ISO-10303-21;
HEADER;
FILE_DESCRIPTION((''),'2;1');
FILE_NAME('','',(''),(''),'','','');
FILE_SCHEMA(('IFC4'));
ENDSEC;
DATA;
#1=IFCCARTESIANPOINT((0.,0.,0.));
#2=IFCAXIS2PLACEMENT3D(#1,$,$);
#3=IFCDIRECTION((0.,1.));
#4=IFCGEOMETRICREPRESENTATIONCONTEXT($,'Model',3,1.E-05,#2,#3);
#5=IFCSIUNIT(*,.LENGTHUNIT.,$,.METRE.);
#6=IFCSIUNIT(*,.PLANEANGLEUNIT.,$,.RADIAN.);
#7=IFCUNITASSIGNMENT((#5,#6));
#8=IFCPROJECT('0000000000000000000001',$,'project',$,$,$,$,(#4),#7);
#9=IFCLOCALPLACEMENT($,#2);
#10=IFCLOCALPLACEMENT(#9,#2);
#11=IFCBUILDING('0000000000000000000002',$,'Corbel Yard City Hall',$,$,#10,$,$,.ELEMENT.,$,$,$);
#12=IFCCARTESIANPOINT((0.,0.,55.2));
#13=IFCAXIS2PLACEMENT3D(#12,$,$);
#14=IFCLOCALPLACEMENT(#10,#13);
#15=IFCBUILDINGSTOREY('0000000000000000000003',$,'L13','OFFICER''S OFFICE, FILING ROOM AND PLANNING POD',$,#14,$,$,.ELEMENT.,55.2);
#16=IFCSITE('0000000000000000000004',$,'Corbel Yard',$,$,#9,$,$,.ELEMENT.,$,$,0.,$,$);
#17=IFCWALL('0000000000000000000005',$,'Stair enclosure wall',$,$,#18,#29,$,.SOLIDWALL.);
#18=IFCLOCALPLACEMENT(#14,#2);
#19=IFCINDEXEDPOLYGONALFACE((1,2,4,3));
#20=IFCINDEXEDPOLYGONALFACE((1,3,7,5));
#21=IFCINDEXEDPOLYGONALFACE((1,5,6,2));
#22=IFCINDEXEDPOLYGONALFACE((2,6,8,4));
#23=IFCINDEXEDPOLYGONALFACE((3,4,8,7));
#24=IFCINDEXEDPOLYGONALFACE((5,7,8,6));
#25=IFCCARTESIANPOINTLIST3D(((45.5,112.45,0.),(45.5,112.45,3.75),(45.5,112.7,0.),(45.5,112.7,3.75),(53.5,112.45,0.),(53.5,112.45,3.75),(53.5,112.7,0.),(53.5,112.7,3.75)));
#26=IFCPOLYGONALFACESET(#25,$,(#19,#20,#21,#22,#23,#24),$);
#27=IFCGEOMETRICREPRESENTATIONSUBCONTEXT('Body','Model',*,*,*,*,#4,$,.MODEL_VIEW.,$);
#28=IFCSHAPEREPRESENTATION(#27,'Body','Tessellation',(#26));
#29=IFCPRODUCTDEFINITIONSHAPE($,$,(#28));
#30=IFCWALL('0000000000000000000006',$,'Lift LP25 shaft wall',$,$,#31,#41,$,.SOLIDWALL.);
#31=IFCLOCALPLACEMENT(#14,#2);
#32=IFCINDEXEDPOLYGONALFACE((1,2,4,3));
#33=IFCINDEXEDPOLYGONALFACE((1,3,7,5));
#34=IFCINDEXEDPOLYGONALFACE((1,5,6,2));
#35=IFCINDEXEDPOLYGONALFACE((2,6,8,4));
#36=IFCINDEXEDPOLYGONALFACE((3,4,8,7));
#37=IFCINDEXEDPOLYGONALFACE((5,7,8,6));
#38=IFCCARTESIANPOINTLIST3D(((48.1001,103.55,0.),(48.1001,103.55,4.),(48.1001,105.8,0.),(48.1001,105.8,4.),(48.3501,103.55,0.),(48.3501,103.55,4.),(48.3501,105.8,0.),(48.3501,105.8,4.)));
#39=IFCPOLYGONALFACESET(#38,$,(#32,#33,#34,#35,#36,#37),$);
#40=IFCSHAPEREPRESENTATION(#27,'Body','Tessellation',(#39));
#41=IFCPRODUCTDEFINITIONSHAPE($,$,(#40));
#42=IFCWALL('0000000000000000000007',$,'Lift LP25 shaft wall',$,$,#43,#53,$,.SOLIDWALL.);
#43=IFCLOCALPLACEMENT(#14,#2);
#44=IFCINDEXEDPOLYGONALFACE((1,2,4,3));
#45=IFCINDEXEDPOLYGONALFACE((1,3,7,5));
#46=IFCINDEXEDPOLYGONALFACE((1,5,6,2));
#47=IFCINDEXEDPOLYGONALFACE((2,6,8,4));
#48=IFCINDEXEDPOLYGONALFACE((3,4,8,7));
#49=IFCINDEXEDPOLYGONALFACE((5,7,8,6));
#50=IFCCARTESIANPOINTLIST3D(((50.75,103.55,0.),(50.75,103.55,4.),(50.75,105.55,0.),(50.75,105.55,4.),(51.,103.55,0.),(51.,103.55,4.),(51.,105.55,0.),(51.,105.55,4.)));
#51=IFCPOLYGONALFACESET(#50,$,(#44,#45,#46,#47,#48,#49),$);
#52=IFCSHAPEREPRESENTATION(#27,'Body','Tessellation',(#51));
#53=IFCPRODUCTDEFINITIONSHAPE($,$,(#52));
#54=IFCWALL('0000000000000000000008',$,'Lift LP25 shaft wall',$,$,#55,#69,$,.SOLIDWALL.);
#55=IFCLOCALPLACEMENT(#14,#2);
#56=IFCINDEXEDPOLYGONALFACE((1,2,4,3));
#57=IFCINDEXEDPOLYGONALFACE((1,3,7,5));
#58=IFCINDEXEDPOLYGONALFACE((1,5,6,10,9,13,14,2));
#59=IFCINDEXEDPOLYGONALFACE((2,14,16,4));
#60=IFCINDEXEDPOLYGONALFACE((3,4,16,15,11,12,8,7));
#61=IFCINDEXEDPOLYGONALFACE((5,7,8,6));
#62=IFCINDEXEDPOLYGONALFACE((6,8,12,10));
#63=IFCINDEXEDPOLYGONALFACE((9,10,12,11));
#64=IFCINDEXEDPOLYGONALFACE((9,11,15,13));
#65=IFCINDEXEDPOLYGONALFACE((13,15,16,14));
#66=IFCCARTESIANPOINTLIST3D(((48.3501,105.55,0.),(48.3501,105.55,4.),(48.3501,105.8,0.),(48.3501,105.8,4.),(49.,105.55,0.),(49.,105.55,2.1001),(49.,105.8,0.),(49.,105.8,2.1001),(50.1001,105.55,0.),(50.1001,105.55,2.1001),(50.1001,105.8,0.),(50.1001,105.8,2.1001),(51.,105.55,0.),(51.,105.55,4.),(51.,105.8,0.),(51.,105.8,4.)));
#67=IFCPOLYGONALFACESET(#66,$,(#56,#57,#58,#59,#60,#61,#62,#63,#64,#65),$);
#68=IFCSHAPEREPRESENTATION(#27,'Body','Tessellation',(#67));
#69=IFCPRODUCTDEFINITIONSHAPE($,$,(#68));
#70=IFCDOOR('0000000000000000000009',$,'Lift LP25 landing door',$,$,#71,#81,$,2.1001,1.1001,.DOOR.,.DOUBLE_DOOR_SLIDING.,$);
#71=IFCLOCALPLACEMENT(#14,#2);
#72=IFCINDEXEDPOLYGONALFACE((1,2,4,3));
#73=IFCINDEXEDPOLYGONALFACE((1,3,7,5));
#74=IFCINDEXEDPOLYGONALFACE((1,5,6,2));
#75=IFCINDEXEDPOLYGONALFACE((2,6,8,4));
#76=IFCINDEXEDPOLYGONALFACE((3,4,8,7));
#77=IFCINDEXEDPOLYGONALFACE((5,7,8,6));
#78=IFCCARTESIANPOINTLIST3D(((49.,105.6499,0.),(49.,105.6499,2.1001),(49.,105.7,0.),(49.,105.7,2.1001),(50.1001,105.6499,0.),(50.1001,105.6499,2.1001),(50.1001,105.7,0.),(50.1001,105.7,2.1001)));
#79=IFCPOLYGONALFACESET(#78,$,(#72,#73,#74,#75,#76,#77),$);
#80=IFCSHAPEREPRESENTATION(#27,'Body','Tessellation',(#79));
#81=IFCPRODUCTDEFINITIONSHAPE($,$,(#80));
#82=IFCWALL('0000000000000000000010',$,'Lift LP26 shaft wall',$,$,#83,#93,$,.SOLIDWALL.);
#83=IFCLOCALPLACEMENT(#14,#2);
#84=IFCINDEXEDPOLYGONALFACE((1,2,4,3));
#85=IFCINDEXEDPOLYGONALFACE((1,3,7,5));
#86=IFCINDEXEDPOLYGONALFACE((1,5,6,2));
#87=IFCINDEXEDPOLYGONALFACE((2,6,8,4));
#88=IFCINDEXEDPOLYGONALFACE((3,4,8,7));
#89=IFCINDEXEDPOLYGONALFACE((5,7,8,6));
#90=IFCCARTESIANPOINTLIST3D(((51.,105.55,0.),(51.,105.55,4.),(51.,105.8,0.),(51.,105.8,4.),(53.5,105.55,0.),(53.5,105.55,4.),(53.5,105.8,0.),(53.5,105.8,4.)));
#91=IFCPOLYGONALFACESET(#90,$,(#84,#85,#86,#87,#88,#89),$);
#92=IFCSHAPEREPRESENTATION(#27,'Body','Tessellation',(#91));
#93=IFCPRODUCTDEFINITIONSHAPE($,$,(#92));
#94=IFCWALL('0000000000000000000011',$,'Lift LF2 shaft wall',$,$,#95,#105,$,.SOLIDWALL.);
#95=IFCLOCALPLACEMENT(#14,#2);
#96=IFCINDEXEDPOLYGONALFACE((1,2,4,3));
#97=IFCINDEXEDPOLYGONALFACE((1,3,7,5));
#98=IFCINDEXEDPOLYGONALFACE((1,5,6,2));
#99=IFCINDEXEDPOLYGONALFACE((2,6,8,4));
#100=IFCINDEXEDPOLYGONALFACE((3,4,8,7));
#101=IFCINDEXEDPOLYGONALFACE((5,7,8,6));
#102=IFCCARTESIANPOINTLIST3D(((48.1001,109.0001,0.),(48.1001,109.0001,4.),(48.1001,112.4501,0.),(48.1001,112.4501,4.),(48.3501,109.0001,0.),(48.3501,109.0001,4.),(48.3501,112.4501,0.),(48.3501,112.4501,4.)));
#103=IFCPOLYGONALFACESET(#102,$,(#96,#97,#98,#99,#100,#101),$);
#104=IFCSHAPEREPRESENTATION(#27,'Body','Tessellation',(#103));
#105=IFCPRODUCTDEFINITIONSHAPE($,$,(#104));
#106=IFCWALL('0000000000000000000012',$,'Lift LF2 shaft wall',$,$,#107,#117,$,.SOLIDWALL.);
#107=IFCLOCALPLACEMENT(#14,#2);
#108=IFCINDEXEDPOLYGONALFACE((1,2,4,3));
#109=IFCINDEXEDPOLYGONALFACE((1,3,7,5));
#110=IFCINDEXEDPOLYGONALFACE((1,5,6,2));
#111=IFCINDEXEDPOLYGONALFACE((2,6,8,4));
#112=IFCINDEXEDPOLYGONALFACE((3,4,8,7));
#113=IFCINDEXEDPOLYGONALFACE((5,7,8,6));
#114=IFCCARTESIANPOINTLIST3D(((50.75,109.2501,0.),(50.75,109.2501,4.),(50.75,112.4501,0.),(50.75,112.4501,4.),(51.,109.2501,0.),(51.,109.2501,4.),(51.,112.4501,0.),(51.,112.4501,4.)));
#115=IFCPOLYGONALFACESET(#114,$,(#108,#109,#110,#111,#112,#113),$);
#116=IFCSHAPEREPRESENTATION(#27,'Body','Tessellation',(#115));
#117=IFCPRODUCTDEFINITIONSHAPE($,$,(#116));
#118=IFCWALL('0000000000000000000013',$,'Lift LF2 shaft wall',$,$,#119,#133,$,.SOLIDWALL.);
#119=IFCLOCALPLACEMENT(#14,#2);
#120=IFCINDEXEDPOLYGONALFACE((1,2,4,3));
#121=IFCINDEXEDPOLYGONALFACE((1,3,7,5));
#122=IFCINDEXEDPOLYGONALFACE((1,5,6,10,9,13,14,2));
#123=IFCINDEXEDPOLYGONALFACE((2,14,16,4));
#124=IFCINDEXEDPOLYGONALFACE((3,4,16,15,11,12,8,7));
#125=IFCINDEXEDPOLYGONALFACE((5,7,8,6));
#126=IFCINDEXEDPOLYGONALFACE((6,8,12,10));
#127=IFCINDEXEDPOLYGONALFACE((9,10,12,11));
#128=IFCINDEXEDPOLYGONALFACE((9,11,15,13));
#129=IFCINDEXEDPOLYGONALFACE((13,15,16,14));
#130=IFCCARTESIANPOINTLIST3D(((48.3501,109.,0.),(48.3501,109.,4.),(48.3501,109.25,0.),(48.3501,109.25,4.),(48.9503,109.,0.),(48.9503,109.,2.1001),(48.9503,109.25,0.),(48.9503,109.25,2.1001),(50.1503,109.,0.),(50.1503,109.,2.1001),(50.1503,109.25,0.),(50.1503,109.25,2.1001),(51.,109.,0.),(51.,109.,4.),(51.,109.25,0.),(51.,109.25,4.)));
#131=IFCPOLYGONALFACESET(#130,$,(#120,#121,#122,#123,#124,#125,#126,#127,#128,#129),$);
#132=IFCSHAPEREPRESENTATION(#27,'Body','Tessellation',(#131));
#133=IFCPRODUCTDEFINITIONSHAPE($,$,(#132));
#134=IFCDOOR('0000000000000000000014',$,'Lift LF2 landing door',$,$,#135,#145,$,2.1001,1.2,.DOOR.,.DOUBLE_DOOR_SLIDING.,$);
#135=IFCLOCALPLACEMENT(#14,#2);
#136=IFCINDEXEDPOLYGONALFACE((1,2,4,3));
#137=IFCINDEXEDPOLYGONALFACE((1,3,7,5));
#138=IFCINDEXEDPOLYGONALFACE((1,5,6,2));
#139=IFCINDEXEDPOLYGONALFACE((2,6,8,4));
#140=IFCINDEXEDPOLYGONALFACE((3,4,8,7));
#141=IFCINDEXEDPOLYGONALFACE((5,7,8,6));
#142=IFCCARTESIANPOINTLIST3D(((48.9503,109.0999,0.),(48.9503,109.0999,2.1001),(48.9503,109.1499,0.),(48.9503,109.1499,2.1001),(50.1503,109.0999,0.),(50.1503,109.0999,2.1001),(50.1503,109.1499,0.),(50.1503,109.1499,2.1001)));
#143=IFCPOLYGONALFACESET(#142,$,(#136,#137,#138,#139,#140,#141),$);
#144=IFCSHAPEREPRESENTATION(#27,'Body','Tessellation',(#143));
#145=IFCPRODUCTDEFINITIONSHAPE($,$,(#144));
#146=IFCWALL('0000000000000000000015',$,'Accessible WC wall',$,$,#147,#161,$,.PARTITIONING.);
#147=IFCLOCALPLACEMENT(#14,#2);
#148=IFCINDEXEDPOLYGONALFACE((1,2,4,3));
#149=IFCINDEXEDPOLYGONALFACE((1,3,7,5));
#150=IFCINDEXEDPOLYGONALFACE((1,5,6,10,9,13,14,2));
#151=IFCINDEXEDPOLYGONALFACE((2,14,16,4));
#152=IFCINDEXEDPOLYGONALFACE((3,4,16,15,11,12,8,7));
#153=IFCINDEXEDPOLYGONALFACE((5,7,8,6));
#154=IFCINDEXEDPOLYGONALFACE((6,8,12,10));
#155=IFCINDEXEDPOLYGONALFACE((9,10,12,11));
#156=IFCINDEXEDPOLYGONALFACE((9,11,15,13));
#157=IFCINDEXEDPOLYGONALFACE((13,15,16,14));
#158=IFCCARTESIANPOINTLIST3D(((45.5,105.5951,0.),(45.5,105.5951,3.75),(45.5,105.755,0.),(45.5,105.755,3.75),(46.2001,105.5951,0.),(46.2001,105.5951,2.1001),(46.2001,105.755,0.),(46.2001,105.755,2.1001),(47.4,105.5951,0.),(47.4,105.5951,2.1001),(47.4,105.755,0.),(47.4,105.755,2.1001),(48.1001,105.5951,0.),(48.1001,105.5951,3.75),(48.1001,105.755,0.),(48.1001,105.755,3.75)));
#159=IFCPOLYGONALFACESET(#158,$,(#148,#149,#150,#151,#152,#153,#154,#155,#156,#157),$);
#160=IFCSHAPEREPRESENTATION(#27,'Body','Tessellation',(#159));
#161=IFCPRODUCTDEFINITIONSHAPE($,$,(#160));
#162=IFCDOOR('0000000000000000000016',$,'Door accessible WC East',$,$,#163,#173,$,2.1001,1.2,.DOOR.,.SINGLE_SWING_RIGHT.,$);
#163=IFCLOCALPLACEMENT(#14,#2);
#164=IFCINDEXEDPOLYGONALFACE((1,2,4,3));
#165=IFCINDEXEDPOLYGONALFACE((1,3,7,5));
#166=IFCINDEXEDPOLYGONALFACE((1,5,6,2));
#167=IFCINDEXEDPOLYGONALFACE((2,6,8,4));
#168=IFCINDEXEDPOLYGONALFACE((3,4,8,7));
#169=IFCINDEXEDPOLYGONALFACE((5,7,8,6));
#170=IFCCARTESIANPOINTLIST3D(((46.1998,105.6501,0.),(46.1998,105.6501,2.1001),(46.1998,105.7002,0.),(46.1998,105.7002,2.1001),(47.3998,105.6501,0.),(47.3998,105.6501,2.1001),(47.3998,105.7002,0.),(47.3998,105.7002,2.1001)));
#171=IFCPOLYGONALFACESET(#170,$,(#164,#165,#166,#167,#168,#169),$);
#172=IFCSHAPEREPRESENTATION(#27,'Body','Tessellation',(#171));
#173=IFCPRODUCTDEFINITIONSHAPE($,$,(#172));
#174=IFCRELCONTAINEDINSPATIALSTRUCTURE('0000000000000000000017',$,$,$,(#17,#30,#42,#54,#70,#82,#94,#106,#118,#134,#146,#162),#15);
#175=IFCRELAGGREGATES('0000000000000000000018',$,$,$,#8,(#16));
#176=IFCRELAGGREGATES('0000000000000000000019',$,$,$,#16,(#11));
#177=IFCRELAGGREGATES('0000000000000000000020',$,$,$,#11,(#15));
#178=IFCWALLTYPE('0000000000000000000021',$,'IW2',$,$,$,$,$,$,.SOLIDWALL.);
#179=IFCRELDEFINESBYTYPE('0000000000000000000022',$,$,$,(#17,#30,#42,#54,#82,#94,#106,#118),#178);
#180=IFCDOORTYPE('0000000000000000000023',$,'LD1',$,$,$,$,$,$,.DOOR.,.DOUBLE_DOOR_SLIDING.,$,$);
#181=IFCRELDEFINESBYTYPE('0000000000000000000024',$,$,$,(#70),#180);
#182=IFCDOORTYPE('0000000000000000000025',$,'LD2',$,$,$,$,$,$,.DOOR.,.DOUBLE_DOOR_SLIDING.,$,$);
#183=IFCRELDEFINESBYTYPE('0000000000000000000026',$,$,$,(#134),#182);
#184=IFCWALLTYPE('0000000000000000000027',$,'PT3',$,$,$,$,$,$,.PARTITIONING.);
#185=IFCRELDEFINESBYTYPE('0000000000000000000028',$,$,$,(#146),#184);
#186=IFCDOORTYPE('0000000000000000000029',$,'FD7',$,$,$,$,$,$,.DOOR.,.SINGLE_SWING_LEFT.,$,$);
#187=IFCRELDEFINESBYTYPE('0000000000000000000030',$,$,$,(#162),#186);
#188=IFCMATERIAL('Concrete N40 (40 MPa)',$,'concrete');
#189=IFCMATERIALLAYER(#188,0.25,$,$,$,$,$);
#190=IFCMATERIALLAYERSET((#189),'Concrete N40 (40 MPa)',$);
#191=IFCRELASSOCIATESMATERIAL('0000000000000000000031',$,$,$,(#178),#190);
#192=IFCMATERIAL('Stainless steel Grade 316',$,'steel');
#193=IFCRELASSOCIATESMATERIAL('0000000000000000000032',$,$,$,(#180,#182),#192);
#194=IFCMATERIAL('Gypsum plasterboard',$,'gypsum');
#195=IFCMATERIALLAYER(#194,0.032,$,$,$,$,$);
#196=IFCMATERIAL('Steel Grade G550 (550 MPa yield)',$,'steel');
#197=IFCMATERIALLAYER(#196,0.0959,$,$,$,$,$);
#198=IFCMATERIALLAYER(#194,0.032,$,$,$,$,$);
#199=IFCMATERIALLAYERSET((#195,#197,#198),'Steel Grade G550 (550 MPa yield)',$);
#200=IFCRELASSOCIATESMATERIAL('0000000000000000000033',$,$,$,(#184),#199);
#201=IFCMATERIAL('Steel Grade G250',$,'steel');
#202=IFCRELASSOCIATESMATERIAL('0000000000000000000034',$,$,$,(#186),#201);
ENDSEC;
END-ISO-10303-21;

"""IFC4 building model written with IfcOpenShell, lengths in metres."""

from ifc_helpers import new_model, si_unit, direction, frame, frame_2d, origin, place, context, subcontext, project, spatial, rectangle, extrude, material, layer, layer_set, type_object, element, fill, save


model = new_model("IFC4")

# Units and contexts
model_context = context("Model", 3, precision=1e-05, world=origin(), true_north=direction((0.0, 1.0)))
body_context = subcontext(model_context, "Body", "Model", "MODEL_VIEW")
ifc_project = project(units=[si_unit("LENGTHUNIT", "METRE"), si_unit("PLANEANGLEUNIT", "RADIAN")], contexts=[model_context])

# Site, building, storey
site_placement = place(None, origin())
site = spatial("IfcSite", under=ifc_project, at=site_placement, Name="Corbel Yard", CompositionType="ELEMENT", RefElevation=0.0)
building_placement = place(site_placement, origin())
building = spatial("IfcBuilding", under=site, at=building_placement, Name="Corbel Yard City Hall", CompositionType="ELEMENT")
storey_placement = place(building_placement, frame((0.0, 0.0, 55.2)))
storey = spatial("IfcBuildingStorey", under=building, at=storey_placement, Name="L13", Description="OFFICER'S OFFICE, FILING ROOM AND PLANNING POD", CompositionType="ELEMENT", Elevation=55.2)

# Walls
ifc_material_1 = material(Name="Concrete N40 (40 MPa)", Category="concrete")
ifc_layer_1 = layer(ifc_material_1, 0.25)
ifc_layer_set_1 = layer_set([ifc_layer_1], Name="Concrete N40 (40 MPa)")
wall_type_1 = type_object("IfcWallType", Name="IW2", PredefinedType="SOLIDWALL", material=ifc_layer_set_1)
wall_1_placement = place(storey_placement, frame((45.5, 112.575, 0.0), z_axis=(0.0, 0.0, 1.0), x_axis=(1.0, 0.0, 0.0)))
element("IfcWall", 1, at=wall_1_placement, inside=storey, type_object=wall_type_1, Name="Stair enclosure wall", PredefinedType="SOLIDWALL", context=body_context, shape_type="SweptSolid", body=[
    extrude(rectangle(XDim=8.0, YDim=0.25, at=frame_2d((4.0, 0.0))), origin(), (0.0, 0.0, 1.0), 3.75),
])
wall_2_placement = place(storey_placement, frame((48.2251, 103.55, 0.0), z_axis=(0.0, 0.0, 1.0), x_axis=(0.0, 1.0, 0.0)))
element("IfcWall", 2, at=wall_2_placement, inside=storey, type_object=wall_type_1, Name="Lift LP25 shaft wall", PredefinedType="SOLIDWALL", context=body_context, shape_type="SweptSolid", body=[
    extrude(rectangle(XDim=2.25, YDim=0.25, at=frame_2d((1.125, 0.0))), origin(), (0.0, 0.0, 1.0), 4.0),
])
wall_3_placement = place(storey_placement, frame((50.875, 103.55, 0.0), z_axis=(0.0, 0.0, 1.0), x_axis=(0.0, 1.0, 0.0)))
element("IfcWall", 3, at=wall_3_placement, inside=storey, type_object=wall_type_1, Name="Lift LP25 shaft wall", PredefinedType="SOLIDWALL", context=body_context, shape_type="SweptSolid", body=[
    extrude(rectangle(XDim=2.0, YDim=0.25, at=frame_2d((1.0, 0.0))), origin(), (0.0, 0.0, 1.0), 4.0),
])

# Wall, opening, door
wall_4_placement = place(storey_placement, frame((48.3501, 105.675, 0.0), z_axis=(0.0, 0.0, 1.0), x_axis=(1.0, 0.0, 0.0)))
wall_4 = element("IfcWall", 4, at=wall_4_placement, inside=storey, type_object=wall_type_1, Name="Lift LP25 shaft wall", PredefinedType="SOLIDWALL", context=body_context, shape_type="SweptSolid", body=[
    extrude(rectangle(XDim=2.6499, YDim=0.25, at=frame_2d((1.325, 0.0))), origin(), (0.0, 0.0, 1.0), 4.0),
])
opening_1_placement = place(wall_4_placement, frame((0.6499, 0.0, 0.0)))
opening_1 = element("IfcOpeningElement", 5, at=opening_1_placement, cuts=wall_4, PredefinedType="OPENING", context=body_context, shape_type="SweptSolid", body=[
    extrude(rectangle(XDim=1.1001, YDim=2.1001, at=frame_2d((0.55, 1.05))), frame((0.0, 0.135, 0.0), z_axis=(0.0, -1.0, 0.0), x_axis=(1.0, 0.0, 0.0)), (0.0, 0.0, 1.0), 0.27),
])
ifc_material_2 = material(Name="Stainless steel Grade 316", Category="steel")
door_type_1 = type_object("IfcDoorType", Name="LD1", OperationType="DOUBLE_DOOR_SLIDING", PredefinedType="DOOR", material=ifc_material_2)
door_1_placement = place(opening_1_placement, origin())
door_1 = element("IfcDoor", 6, at=door_1_placement, inside=storey, type_object=door_type_1, Name="Lift LP25 landing door", OperationType="DOUBLE_DOOR_SLIDING", OverallHeight=2.1001, OverallWidth=1.1001, PredefinedType="DOOR", context=body_context, shape_type="SweptSolid", body=[
    extrude(rectangle(XDim=1.1001, YDim=2.1001, at=frame_2d((0.55, 1.05))), frame((0.0, 0.0249, 0.0), z_axis=(0.0, -1.0, 0.0), x_axis=(1.0, 0.0, 0.0)), (0.0, 0.0, 1.0), 0.05),
])
fill(opening_1, door_1)

# Walls
wall_5_placement = place(storey_placement, frame((51.0, 105.675, 0.0), z_axis=(0.0, 0.0, 1.0), x_axis=(1.0, 0.0, 0.0)))
element("IfcWall", 7, at=wall_5_placement, inside=storey, type_object=wall_type_1, Name="Lift LP26 shaft wall", PredefinedType="SOLIDWALL", context=body_context, shape_type="SweptSolid", body=[
    extrude(rectangle(XDim=2.5, YDim=0.25, at=frame_2d((1.25, 0.0))), origin(), (0.0, 0.0, 1.0), 4.0),
])
wall_6_placement = place(storey_placement, frame((48.2251, 109.0, 0.0), z_axis=(0.0, 0.0, 1.0), x_axis=(0.0, 1.0, 0.0)))
element("IfcWall", 8, at=wall_6_placement, inside=storey, type_object=wall_type_1, Name="Lift LF2 shaft wall", PredefinedType="SOLIDWALL", context=body_context, shape_type="SweptSolid", body=[
    extrude(rectangle(XDim=3.45, YDim=0.25, at=frame_2d((1.7251, 0.0))), origin(), (0.0, 0.0, 1.0), 4.0),
])
wall_7_placement = place(storey_placement, frame((50.875, 109.25, 0.0), z_axis=(0.0, 0.0, 1.0), x_axis=(0.0, 1.0, 0.0)))
element("IfcWall", 9, at=wall_7_placement, inside=storey, type_object=wall_type_1, Name="Lift LF2 shaft wall", PredefinedType="SOLIDWALL", context=body_context, shape_type="SweptSolid", body=[
    extrude(rectangle(XDim=3.2, YDim=0.25, at=frame_2d((1.6001, 0.0))), origin(), (0.0, 0.0, 1.0), 4.0),
])

# Walls, openings, doors
wall_8_placement = place(storey_placement, frame((48.3501, 109.125, 0.0), z_axis=(0.0, 0.0, 1.0), x_axis=(1.0, 0.0, 0.0)))
wall_8 = element("IfcWall", 10, at=wall_8_placement, inside=storey, type_object=wall_type_1, Name="Lift LF2 shaft wall", PredefinedType="SOLIDWALL", context=body_context, shape_type="SweptSolid", body=[
    extrude(rectangle(XDim=2.6499, YDim=0.25, at=frame_2d((1.325, 0.0))), origin(), (0.0, 0.0, 1.0), 4.0),
])
opening_2_placement = place(wall_8_placement, frame((0.6001, 0.0, 0.0)))
opening_2 = element("IfcOpeningElement", 11, at=opening_2_placement, cuts=wall_8, PredefinedType="OPENING", context=body_context, shape_type="SweptSolid", body=[
    extrude(rectangle(XDim=1.2, YDim=2.1001, at=frame_2d((0.6001, 1.05))), frame((0.0, 0.135, 0.0), z_axis=(0.0, -1.0, 0.0), x_axis=(1.0, 0.0, 0.0)), (0.0, 0.0, 1.0), 0.27),
])
door_type_2 = type_object("IfcDoorType", Name="LD2", OperationType="DOUBLE_DOOR_SLIDING", PredefinedType="DOOR", material=ifc_material_2)
door_2_placement = place(opening_2_placement, origin())
door_2 = element("IfcDoor", 12, at=door_2_placement, inside=storey, type_object=door_type_2, Name="Lift LF2 landing door", OperationType="DOUBLE_DOOR_SLIDING", OverallHeight=2.1001, OverallWidth=1.2, PredefinedType="DOOR", context=body_context, shape_type="SweptSolid", body=[
    extrude(rectangle(XDim=1.2, YDim=2.1001, at=frame_2d((0.6001, 1.05))), frame((0.0, 0.0249, 0.0), z_axis=(0.0, -1.0, 0.0), x_axis=(1.0, 0.0, 0.0)), (0.0, 0.0, 1.0), 0.05),
])
fill(opening_2, door_2)
ifc_material_3 = material(Name="Gypsum plasterboard", Category="gypsum")
ifc_layer_2 = layer(ifc_material_3, 0.032)
ifc_material_4 = material(Name="Steel Grade G550 (550 MPa yield)", Category="steel")
ifc_layer_3 = layer(ifc_material_4, 0.0959)
ifc_layer_4 = layer(ifc_material_3, 0.032)
ifc_layer_set_2 = layer_set([ifc_layer_2, ifc_layer_3, ifc_layer_4], Name="Steel Grade G550 (550 MPa yield)")
wall_type_2 = type_object("IfcWallType", Name="PT3", PredefinedType="PARTITIONING", material=ifc_layer_set_2)
wall_9_placement = place(storey_placement, frame((45.5, 105.675, 0.0), z_axis=(0.0, 0.0, 1.0), x_axis=(1.0, 0.0, 0.0)))
wall_9 = element("IfcWall", 13, at=wall_9_placement, inside=storey, type_object=wall_type_2, Name="Accessible WC wall", PredefinedType="PARTITIONING", context=body_context, shape_type="SweptSolid", body=[
    extrude(rectangle(XDim=2.6001, YDim=0.1599, at=frame_2d((1.3, 0.0))), origin(), (0.0, 0.0, 1.0), 3.75),
])
opening_3_placement = place(wall_9_placement, frame((0.7, 0.0, 0.0)))
opening_3 = element("IfcOpeningElement", 14, at=opening_3_placement, cuts=wall_9, PredefinedType="OPENING", context=body_context, shape_type="SweptSolid", body=[
    extrude(rectangle(XDim=1.2, YDim=2.1001, at=frame_2d((0.6001, 1.05))), frame((0.0, 0.0898, 0.0), z_axis=(0.0, -1.0, 0.0), x_axis=(1.0, 0.0, 0.0)), (0.0, 0.0, 1.0), 0.1799),
])
ifc_material_5 = material(Name="Steel Grade G250", Category="steel")
door_type_3 = type_object("IfcDoorType", Name="FD7", OperationType="SINGLE_SWING_LEFT", PredefinedType="DOOR", material=ifc_material_5)
door_3_placement = place(opening_3_placement, frame((1.2, 0.0, 0.0), z_axis=(0.0, 0.0, 1.0), x_axis=(-1.0, 0.0, 0.0)))
door_3 = element("IfcDoor", 15, at=door_3_placement, inside=storey, type_object=door_type_3, Name="Door accessible WC East", OperationType="SINGLE_SWING_RIGHT", OverallHeight=2.1001, OverallWidth=1.2, PredefinedType="DOOR", context=body_context, shape_type="SweptSolid", body=[
    extrude(rectangle(XDim=1.2, YDim=2.1001, at=frame_2d((0.6001, 1.05))), frame((0.0, 0.0249, 0.0), z_axis=(0.0, -1.0, 0.0), x_axis=(1.0, 0.0, 0.0)), (0.0, 0.0, 1.0), 0.05),
])
fill(opening_3, door_3)

save(model, "model.ifc")
